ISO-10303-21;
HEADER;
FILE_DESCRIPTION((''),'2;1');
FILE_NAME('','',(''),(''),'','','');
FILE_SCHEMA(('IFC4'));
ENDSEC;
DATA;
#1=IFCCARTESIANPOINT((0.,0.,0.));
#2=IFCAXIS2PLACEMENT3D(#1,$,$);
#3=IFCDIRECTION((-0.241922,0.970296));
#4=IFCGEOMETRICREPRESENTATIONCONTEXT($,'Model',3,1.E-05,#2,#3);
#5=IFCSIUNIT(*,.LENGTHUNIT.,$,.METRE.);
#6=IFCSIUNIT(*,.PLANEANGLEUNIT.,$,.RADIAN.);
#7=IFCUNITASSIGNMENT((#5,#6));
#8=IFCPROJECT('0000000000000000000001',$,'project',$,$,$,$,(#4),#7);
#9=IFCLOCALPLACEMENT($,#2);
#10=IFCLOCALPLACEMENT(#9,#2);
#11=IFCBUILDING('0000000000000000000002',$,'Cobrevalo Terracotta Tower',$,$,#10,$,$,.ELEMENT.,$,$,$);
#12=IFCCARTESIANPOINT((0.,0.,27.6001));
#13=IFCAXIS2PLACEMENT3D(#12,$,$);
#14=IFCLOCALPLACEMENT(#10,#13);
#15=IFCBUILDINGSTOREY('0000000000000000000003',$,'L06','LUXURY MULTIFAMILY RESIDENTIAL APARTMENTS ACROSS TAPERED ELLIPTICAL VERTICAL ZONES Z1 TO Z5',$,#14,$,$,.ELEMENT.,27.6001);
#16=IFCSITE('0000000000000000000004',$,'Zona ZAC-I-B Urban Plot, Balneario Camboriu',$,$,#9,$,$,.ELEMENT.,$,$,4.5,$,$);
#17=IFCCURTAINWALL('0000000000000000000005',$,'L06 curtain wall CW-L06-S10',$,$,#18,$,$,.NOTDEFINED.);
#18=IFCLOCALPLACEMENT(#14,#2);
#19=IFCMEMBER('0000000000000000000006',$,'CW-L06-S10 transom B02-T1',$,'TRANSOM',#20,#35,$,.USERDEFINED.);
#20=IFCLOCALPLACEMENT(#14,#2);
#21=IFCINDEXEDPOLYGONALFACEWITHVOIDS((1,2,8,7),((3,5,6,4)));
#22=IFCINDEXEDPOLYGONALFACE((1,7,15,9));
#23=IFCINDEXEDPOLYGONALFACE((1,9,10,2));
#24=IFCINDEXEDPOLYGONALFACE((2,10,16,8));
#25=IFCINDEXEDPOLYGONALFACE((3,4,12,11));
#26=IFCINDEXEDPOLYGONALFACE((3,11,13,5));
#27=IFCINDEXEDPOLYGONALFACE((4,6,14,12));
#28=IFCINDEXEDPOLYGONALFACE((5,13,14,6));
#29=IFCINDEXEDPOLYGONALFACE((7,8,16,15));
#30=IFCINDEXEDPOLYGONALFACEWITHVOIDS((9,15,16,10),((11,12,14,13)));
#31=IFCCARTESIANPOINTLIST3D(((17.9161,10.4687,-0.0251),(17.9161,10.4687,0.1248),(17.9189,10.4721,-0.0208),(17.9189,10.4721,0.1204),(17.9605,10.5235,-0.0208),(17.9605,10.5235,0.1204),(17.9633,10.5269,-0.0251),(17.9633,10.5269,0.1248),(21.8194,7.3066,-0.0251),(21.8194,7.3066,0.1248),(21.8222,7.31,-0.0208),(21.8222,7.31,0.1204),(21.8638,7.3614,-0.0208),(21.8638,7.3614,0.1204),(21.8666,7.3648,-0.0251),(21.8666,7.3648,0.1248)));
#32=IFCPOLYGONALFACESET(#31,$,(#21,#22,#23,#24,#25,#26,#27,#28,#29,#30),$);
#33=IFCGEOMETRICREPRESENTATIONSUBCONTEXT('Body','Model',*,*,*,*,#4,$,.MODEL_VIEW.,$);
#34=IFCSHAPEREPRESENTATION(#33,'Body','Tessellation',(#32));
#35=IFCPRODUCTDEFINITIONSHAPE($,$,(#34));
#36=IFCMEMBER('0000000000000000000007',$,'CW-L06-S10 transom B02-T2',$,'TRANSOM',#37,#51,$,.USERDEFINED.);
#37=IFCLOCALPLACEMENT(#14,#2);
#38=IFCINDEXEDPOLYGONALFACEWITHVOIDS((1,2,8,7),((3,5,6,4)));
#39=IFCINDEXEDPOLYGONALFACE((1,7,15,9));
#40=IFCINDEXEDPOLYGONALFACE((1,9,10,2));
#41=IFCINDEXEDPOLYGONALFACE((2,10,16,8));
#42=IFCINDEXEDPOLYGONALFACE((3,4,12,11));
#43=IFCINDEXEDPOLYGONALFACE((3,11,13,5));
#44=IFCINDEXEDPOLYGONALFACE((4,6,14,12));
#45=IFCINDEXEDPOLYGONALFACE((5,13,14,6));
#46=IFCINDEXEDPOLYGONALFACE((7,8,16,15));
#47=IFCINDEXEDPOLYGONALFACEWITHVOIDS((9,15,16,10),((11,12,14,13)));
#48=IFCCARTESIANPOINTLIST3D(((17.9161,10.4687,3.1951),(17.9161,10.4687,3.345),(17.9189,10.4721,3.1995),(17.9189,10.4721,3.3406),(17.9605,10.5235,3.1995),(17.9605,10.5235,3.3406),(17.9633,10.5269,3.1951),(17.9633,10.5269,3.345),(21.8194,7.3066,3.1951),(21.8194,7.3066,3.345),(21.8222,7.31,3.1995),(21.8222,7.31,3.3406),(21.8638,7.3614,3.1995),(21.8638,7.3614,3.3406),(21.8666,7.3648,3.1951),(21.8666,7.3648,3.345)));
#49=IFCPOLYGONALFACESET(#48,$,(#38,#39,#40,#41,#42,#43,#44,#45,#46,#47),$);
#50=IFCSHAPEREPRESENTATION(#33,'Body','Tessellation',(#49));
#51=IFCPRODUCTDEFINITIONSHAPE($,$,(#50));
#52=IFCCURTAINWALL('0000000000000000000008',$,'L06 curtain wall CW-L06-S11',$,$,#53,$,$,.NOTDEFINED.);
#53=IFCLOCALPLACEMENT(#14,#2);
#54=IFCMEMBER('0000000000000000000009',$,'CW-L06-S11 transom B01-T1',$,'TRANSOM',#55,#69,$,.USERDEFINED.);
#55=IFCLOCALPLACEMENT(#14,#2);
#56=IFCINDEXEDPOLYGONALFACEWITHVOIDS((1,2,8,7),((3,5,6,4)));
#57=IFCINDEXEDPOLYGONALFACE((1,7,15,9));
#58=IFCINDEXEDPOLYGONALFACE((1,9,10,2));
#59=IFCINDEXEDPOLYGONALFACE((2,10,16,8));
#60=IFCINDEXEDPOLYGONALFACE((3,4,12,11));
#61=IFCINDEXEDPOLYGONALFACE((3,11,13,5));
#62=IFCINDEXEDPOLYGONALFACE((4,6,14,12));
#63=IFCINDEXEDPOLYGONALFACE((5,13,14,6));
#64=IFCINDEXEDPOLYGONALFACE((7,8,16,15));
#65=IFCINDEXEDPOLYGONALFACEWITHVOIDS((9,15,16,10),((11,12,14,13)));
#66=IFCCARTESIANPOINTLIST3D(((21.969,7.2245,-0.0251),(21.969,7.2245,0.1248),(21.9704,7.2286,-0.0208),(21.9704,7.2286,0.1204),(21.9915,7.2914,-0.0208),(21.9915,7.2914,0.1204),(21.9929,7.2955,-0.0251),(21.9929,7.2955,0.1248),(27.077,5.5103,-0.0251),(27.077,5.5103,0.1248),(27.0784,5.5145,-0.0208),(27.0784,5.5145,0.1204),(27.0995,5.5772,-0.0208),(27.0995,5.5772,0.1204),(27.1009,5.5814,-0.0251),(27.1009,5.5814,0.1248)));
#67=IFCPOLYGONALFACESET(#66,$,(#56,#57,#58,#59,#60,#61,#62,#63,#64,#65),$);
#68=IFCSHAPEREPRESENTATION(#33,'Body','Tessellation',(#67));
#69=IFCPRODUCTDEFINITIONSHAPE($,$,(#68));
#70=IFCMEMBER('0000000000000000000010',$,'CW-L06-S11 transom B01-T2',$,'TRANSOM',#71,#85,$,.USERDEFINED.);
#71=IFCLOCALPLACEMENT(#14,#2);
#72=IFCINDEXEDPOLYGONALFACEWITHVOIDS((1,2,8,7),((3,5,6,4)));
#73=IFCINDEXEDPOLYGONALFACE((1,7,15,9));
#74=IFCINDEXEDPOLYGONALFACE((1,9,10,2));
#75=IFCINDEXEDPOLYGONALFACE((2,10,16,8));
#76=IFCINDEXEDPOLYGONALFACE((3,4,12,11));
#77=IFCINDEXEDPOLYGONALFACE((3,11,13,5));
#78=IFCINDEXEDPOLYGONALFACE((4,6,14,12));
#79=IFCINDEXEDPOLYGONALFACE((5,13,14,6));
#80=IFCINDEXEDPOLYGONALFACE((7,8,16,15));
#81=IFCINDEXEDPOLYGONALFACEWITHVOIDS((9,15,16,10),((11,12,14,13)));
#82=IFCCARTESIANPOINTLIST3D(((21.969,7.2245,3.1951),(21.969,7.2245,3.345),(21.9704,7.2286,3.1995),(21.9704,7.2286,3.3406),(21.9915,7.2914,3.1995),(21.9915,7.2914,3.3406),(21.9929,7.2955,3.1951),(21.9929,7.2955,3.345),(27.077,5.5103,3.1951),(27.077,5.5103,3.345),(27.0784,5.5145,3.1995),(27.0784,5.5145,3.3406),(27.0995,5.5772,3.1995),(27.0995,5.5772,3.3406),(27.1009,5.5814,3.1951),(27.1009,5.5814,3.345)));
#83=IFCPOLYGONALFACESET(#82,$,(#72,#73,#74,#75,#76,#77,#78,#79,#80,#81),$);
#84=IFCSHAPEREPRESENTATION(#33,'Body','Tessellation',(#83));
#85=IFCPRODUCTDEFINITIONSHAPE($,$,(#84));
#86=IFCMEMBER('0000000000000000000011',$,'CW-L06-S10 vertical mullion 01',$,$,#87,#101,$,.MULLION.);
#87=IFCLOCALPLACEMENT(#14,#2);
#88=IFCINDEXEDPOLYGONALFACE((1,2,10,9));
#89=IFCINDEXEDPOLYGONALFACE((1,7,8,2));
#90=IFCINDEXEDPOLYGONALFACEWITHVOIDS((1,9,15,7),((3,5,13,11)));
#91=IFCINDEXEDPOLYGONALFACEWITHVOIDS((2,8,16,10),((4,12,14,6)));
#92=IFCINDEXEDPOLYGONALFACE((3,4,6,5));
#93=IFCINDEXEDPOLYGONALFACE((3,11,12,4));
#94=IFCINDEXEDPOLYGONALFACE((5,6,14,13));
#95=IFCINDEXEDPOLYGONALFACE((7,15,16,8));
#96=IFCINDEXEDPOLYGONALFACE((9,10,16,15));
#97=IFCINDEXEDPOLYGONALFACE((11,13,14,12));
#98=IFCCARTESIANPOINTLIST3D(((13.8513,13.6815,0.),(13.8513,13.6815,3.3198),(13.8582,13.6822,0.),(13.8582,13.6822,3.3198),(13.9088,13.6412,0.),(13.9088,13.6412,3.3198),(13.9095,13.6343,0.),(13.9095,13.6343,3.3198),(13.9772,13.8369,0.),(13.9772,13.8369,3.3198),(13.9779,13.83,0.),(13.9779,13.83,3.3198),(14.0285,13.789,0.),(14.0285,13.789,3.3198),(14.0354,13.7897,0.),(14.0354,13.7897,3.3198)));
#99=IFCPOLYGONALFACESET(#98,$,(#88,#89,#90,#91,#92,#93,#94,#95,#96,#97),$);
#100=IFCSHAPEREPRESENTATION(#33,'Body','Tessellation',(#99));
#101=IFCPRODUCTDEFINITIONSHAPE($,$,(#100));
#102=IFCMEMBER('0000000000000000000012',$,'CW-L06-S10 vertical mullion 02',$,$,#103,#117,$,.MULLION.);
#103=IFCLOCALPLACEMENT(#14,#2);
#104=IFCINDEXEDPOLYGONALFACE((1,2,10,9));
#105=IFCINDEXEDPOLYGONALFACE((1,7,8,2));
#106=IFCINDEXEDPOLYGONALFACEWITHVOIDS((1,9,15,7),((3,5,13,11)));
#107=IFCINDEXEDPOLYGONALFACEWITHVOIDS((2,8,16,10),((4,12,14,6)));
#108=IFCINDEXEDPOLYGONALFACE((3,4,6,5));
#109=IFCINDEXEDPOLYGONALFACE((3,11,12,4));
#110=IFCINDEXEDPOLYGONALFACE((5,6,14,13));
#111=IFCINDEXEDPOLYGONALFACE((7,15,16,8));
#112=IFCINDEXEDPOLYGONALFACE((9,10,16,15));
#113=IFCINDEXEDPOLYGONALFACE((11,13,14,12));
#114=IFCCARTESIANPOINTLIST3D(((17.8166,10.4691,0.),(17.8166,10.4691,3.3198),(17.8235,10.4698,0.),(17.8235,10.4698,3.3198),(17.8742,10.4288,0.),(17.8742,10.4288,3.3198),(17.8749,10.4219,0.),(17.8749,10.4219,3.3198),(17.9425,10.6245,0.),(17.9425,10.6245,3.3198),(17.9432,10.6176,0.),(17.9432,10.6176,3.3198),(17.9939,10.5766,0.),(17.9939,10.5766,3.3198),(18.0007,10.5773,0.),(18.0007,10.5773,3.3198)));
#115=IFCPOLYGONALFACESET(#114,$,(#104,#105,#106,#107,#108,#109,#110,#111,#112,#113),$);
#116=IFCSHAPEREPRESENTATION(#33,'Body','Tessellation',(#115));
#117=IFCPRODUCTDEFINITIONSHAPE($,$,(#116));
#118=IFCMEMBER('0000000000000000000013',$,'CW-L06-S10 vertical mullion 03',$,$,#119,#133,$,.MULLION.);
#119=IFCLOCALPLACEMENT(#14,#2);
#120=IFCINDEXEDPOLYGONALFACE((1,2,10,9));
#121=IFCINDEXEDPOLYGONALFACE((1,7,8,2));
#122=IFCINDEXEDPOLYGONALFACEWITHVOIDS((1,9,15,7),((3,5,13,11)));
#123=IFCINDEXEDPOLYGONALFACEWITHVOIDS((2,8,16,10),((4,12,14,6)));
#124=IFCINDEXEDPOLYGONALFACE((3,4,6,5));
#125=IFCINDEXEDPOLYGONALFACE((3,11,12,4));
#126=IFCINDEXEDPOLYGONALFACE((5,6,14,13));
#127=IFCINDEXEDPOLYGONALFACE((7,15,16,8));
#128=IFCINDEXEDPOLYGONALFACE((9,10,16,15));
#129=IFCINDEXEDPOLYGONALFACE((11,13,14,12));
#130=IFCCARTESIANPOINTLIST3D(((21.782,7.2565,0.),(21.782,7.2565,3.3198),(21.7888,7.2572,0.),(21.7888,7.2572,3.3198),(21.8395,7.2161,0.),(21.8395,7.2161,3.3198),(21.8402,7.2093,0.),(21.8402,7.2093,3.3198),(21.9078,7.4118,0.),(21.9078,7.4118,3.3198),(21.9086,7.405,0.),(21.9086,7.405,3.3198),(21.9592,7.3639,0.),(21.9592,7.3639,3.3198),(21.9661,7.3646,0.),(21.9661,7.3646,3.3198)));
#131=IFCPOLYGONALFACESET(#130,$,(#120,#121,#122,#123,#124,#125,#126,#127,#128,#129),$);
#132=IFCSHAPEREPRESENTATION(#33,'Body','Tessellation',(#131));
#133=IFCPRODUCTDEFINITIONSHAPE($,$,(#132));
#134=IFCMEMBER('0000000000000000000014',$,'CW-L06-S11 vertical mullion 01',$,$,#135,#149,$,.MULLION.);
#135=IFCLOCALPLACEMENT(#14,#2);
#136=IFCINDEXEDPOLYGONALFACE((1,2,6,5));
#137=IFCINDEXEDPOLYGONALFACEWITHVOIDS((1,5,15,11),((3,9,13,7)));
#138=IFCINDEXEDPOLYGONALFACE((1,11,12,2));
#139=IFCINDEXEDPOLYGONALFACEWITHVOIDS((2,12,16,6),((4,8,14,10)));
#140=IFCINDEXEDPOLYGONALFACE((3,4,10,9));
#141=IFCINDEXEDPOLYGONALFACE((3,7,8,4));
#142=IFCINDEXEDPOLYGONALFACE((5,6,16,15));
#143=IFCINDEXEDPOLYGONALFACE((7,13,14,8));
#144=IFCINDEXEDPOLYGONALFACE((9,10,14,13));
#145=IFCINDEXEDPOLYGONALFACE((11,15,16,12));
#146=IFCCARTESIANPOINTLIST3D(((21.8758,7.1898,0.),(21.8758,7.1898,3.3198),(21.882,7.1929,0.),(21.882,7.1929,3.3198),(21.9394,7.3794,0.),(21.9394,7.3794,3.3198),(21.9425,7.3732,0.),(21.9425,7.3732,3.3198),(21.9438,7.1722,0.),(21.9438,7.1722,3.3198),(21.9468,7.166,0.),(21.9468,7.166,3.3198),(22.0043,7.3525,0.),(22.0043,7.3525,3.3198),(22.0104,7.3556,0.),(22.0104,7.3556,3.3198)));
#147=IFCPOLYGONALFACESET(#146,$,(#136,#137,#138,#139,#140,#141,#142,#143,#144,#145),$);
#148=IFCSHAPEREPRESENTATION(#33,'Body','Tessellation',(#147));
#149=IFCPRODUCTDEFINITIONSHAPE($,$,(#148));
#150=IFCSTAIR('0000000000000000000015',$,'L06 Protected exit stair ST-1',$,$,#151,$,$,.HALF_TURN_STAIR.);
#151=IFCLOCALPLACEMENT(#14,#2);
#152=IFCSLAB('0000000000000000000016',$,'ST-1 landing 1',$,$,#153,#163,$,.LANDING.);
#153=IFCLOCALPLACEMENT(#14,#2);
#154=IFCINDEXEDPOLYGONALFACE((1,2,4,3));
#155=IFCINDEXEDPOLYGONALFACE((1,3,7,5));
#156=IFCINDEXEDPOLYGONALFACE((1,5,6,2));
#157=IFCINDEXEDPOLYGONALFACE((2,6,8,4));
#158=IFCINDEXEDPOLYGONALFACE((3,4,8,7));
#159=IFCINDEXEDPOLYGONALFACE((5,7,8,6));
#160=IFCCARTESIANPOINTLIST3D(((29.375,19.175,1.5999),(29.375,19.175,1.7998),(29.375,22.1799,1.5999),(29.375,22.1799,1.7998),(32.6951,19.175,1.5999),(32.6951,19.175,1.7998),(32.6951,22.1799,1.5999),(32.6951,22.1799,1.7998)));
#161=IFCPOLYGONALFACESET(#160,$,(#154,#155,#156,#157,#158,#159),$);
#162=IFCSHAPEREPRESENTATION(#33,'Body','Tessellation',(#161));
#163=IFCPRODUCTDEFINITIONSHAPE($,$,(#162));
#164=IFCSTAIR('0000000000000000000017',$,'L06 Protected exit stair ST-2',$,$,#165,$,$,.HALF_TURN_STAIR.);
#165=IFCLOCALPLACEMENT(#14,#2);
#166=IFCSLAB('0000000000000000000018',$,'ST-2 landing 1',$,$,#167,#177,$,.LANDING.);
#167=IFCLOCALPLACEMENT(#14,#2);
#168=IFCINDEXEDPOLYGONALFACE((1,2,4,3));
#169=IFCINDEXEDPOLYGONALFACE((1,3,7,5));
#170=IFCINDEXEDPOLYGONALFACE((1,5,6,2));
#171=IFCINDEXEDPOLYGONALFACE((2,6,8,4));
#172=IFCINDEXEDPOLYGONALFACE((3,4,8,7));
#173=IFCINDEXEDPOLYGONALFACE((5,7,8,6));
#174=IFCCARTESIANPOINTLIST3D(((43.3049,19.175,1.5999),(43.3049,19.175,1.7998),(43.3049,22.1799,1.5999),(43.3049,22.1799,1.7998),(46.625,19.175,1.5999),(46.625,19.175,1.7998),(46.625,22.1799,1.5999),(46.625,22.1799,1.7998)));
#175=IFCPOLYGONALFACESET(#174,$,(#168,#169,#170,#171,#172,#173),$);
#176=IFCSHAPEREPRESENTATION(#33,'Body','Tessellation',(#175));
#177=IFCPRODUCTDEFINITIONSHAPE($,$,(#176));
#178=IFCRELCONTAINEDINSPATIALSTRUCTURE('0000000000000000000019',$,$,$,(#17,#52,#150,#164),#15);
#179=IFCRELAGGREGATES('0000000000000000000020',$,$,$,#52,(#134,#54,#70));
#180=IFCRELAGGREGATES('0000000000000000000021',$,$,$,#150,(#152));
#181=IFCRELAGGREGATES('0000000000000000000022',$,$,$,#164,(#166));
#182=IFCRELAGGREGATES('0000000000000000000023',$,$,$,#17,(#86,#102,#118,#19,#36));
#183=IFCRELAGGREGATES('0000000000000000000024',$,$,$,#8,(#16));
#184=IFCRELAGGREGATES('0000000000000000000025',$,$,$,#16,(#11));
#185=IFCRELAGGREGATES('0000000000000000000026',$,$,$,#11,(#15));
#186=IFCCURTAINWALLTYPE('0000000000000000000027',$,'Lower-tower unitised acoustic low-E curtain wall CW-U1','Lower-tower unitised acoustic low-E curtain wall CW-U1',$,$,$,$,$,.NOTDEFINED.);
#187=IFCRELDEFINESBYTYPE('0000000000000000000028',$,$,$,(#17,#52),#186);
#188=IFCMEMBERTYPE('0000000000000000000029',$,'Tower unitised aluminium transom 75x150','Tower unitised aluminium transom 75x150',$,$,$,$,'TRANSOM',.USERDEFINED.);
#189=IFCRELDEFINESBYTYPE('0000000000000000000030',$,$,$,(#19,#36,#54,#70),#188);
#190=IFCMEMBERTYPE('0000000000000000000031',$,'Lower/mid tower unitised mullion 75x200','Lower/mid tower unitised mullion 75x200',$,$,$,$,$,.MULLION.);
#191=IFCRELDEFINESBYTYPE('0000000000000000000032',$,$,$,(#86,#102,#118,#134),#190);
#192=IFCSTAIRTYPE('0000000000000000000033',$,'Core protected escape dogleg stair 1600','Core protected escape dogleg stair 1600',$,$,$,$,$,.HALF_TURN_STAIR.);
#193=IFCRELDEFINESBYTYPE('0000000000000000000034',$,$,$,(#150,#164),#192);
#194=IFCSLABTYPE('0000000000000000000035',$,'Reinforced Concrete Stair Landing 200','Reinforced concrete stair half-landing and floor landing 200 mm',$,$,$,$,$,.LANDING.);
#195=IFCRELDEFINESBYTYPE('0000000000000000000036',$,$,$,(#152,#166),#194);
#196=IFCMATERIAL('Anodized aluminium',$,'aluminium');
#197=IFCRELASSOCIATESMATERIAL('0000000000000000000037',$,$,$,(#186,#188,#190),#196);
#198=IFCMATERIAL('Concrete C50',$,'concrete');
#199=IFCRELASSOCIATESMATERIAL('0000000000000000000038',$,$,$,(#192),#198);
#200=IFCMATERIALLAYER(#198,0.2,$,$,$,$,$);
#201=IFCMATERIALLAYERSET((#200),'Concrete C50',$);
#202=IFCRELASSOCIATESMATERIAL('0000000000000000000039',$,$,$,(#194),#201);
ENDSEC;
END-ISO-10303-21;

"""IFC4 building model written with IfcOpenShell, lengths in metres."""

from ifc_helpers import new_model, si_unit, direction, frame, origin, origin_2d, place, context, subcontext, project, spatial, polyline, hollow_rectangle, outline, extrude, source, transform, mapped, material, layer, layer_set, material_profile, profile_set, type_object, element, aggregate, save


model = new_model("IFC4")

# Units and contexts
model_context = context("Model", 3, precision=1e-05, world=origin(), true_north=direction((-0.241922, 0.970296)))
body_context = subcontext(model_context, "Body", "Model", "MODEL_VIEW")
ifc_project = project(units=[si_unit("LENGTHUNIT", "METRE"), si_unit("PLANEANGLEUNIT", "RADIAN")], contexts=[model_context])

# Site, building, storey
site_placement = place(None, origin())
site = spatial("IfcSite", under=ifc_project, at=site_placement, Name="Zona ZAC-I-B Urban Plot, Balneario Camboriu", CompositionType="ELEMENT", RefElevation=4.5)
building_placement = place(site_placement, origin())
building = spatial("IfcBuilding", under=site, at=building_placement, Name="Cobrevalo Terracotta Tower", CompositionType="ELEMENT")
storey_placement = place(building_placement, frame((0.0, 0.0, 27.6001)))
storey = spatial("IfcBuildingStorey", under=building, at=storey_placement, Name="L06", Description="LUXURY MULTIFAMILY RESIDENTIAL APARTMENTS ACROSS TAPERED ELLIPTICAL VERTICAL ZONES Z1 TO Z5", CompositionType="ELEMENT", Elevation=27.6001)

# Curtain walls, members
ifc_material_1 = material(Name="Anodized aluminium", Category="aluminium")
curtain_wall_type = type_object("IfcCurtainWallType", Name="Lower-tower unitised acoustic low-E curtain wall CW-U1", Description="Lower-tower unitised acoustic low-E curtain wall CW-U1", PredefinedType="NOTDEFINED", material=ifc_material_1)
curtain_wall_1_placement = place(storey_placement, origin())
curtain_wall_1 = element("IfcCurtainWall", 1, at=curtain_wall_1_placement, inside=storey, type_object=curtain_wall_type, Name="L06 curtain wall CW-L06-S10", PredefinedType="NOTDEFINED")
ifc_material_profile_1 = material_profile(ifc_material_1, hollow_rectangle(XDim=0.075, YDim=0.1499, WallThickness=0.0044, at=origin_2d()), Name="CWT 75x150")
ifc_profile_set_1 = profile_set([ifc_material_profile_1], Name="Anodized aluminium")
member_type_1 = type_object("IfcMemberType", Name="Tower unitised aluminium transom 75x150", Description="Tower unitised aluminium transom 75x150", ElementType="TRANSOM", PredefinedType="USERDEFINED", material=ifc_profile_set_1)
shared_shape_1 = source(origin(), body_context, "Body", "SweptSolid", [
    extrude(hollow_rectangle(XDim=0.075, YDim=0.1499, WallThickness=0.0044, at=origin_2d()), origin(), (0.0, 0.0, 1.0), 5.0234),
])
member_1_placement = place(storey_placement, frame((17.9397, 10.4978, 0.0498), z_axis=(0.777023, -0.629472, 0.0), x_axis=(0.629472, 0.777023, 0.0)))
member_1 = element("IfcMember", 2, at=member_1_placement, type_object=member_type_1, Name="CW-L06-S10 transom B02-T1", ObjectType="TRANSOM", PredefinedType="USERDEFINED", context=body_context, shape_type="MappedRepresentation", body=[
    mapped(shared_shape_1, transform((0.0, 0.0, 0.0), scale=1.0)),
])
member_2_placement = place(storey_placement, frame((17.9397, 10.4978, 3.27), z_axis=(0.777023, -0.629472, 0.0), x_axis=(0.629472, 0.777023, 0.0)))
member_2 = element("IfcMember", 3, at=member_2_placement, type_object=member_type_1, Name="CW-L06-S10 transom B02-T2", ObjectType="TRANSOM", PredefinedType="USERDEFINED", context=body_context, shape_type="MappedRepresentation", body=[
    mapped(shared_shape_1, transform((0.0, 0.0, 0.0), scale=1.0)),
])
curtain_wall_2_placement = place(storey_placement, origin())
curtain_wall_2 = element("IfcCurtainWall", 4, at=curtain_wall_2_placement, inside=storey, type_object=curtain_wall_type, Name="L06 curtain wall CW-L06-S11", PredefinedType="NOTDEFINED")
shared_shape_2 = source(origin(), body_context, "Body", "SweptSolid", [
    extrude(hollow_rectangle(XDim=0.075, YDim=0.1499, WallThickness=0.0044, at=origin_2d()), origin(), (0.0, 0.0, 1.0), 5.3879),
])
member_3_placement = place(storey_placement, frame((21.981, 7.26, 0.0498), z_axis=(0.948042, -0.318144, 0.0), x_axis=(0.318144, 0.948042, 0.0)))
member_3 = element("IfcMember", 5, at=member_3_placement, type_object=member_type_1, Name="CW-L06-S11 transom B01-T1", ObjectType="TRANSOM", PredefinedType="USERDEFINED", context=body_context, shape_type="MappedRepresentation", body=[
    mapped(shared_shape_2, transform((0.0, 0.0, 0.0), scale=1.0)),
])
member_4_placement = place(storey_placement, frame((21.981, 7.26, 3.27), z_axis=(0.948042, -0.318144, 0.0), x_axis=(0.318144, 0.948042, 0.0)))
member_4 = element("IfcMember", 6, at=member_4_placement, type_object=member_type_1, Name="CW-L06-S11 transom B01-T2", ObjectType="TRANSOM", PredefinedType="USERDEFINED", context=body_context, shape_type="MappedRepresentation", body=[
    mapped(shared_shape_2, transform((0.0, 0.0, 0.0), scale=1.0)),
])

# Members
ifc_material_profile_2 = material_profile(ifc_material_1, hollow_rectangle(XDim=0.075, YDim=0.2, WallThickness=0.0049, at=origin_2d()), Name="CWM 75x200")
ifc_profile_set_2 = profile_set([ifc_material_profile_2], Name="Anodized aluminium")
member_type_2 = type_object("IfcMemberType", Name="Lower/mid tower unitised mullion 75x200", Description="Lower/mid tower unitised mullion 75x200", PredefinedType="MULLION", material=ifc_profile_set_2)
shared_shape_3 = source(origin(), body_context, "Body", "SweptSolid", [
    extrude(hollow_rectangle(XDim=0.075, YDim=0.2, WallThickness=0.0049, at=origin_2d()), origin(), (0.0, 0.0, 1.0), 3.3198),
])
member_5_placement = place(storey_placement, frame((13.9434, 13.7356, 0.0), z_axis=(0.0, 0.0, 1.0), x_axis=(0.777003, -0.629497, 0.0)))
member_5 = element("IfcMember", 7, at=member_5_placement, type_object=member_type_2, Name="CW-L06-S10 vertical mullion 01", PredefinedType="MULLION", context=body_context, shape_type="MappedRepresentation", body=[
    mapped(shared_shape_3, transform((0.0, 0.0, 0.0), scale=1.0)),
])
member_6_placement = place(storey_placement, frame((17.9087, 10.5232, 0.0), z_axis=(0.0, 0.0, 1.0), x_axis=(0.777003, -0.629497, 0.0)))
member_6 = element("IfcMember", 8, at=member_6_placement, type_object=member_type_2, Name="CW-L06-S10 vertical mullion 02", PredefinedType="MULLION", context=body_context, shape_type="MappedRepresentation", body=[
    mapped(shared_shape_3, transform((0.0, 0.0, 0.0), scale=1.0)),
])
member_7_placement = place(storey_placement, frame((21.874, 7.3105, 0.0), z_axis=(0.0, 0.0, 1.0), x_axis=(0.777003, -0.629497, 0.0)))
member_7 = element("IfcMember", 9, at=member_7_placement, type_object=member_type_2, Name="CW-L06-S10 vertical mullion 03", PredefinedType="MULLION", context=body_context, shape_type="MappedRepresentation", body=[
    mapped(shared_shape_3, transform((0.0, 0.0, 0.0), scale=1.0)),
])
member_8_placement = place(storey_placement, frame((21.9431, 7.2727, 0.0), z_axis=(0.0, 0.0, 1.0), x_axis=(0.948046, -0.318132, 0.0)))
member_8 = element("IfcMember", 10, at=member_8_placement, type_object=member_type_2, Name="CW-L06-S11 vertical mullion 01", PredefinedType="MULLION", context=body_context, shape_type="MappedRepresentation", body=[
    mapped(shared_shape_3, transform((0.0, 0.0, 0.0), scale=1.0)),
])
aggregate(curtain_wall_2, [member_8, member_3, member_4])

# Stairs, slabs
ifc_material_2 = material(Name="Concrete C50", Category="concrete")
stair_type = type_object("IfcStairType", Name="Core protected escape dogleg stair 1600", Description="Core protected escape dogleg stair 1600", PredefinedType="HALF_TURN_STAIR", material=ifc_material_2)
stair_1_placement = place(storey_placement, origin())
stair_1 = element("IfcStair", 11, at=stair_1_placement, inside=storey, type_object=stair_type, Name="L06 Protected exit stair ST-1", PredefinedType="HALF_TURN_STAIR")
ifc_layer_1 = layer(ifc_material_2, 0.2)
ifc_layer_set_1 = layer_set([ifc_layer_1], Name="Concrete C50")
slab_type_1 = type_object("IfcSlabType", Name="Reinforced Concrete Stair Landing 200", Description="Reinforced concrete stair half-landing and floor landing 200 mm", PredefinedType="LANDING", material=ifc_layer_set_1)
slab_1_placement = place(storey_placement, frame((0.0, 0.0, 1.5999)))
slab_1 = element("IfcSlab", 12, at=slab_1_placement, type_object=slab_type_1, Name="ST-1 landing 1", PredefinedType="LANDING", context=body_context, shape_type="SweptSolid", body=[
    extrude(outline(polyline([(29.375, 22.1799), (29.375, 19.175), (32.6951, 19.175), (32.6951, 22.1799), (29.375, 22.1799)])), origin(), (0.0, 0.0, 1.0), 0.2),
])
aggregate(stair_1, [slab_1])
stair_2_placement = place(storey_placement, origin())
stair_2 = element("IfcStair", 13, at=stair_2_placement, inside=storey, type_object=stair_type, Name="L06 Protected exit stair ST-2", PredefinedType="HALF_TURN_STAIR")
slab_2_placement = place(storey_placement, frame((0.0, 0.0, 1.5999)))
slab_2 = element("IfcSlab", 14, at=slab_2_placement, type_object=slab_type_1, Name="ST-2 landing 1", PredefinedType="LANDING", context=body_context, shape_type="SweptSolid", body=[
    extrude(outline(polyline([(43.3049, 22.1799), (43.3049, 19.175), (46.625, 19.175), (46.625, 22.1799), (43.3049, 22.1799)])), origin(), (0.0, 0.0, 1.0), 0.2),
])
aggregate(stair_2, [slab_2])

aggregate(curtain_wall_1, [member_5, member_6, member_7, member_1, member_2])

save(model, "model.ifc")
